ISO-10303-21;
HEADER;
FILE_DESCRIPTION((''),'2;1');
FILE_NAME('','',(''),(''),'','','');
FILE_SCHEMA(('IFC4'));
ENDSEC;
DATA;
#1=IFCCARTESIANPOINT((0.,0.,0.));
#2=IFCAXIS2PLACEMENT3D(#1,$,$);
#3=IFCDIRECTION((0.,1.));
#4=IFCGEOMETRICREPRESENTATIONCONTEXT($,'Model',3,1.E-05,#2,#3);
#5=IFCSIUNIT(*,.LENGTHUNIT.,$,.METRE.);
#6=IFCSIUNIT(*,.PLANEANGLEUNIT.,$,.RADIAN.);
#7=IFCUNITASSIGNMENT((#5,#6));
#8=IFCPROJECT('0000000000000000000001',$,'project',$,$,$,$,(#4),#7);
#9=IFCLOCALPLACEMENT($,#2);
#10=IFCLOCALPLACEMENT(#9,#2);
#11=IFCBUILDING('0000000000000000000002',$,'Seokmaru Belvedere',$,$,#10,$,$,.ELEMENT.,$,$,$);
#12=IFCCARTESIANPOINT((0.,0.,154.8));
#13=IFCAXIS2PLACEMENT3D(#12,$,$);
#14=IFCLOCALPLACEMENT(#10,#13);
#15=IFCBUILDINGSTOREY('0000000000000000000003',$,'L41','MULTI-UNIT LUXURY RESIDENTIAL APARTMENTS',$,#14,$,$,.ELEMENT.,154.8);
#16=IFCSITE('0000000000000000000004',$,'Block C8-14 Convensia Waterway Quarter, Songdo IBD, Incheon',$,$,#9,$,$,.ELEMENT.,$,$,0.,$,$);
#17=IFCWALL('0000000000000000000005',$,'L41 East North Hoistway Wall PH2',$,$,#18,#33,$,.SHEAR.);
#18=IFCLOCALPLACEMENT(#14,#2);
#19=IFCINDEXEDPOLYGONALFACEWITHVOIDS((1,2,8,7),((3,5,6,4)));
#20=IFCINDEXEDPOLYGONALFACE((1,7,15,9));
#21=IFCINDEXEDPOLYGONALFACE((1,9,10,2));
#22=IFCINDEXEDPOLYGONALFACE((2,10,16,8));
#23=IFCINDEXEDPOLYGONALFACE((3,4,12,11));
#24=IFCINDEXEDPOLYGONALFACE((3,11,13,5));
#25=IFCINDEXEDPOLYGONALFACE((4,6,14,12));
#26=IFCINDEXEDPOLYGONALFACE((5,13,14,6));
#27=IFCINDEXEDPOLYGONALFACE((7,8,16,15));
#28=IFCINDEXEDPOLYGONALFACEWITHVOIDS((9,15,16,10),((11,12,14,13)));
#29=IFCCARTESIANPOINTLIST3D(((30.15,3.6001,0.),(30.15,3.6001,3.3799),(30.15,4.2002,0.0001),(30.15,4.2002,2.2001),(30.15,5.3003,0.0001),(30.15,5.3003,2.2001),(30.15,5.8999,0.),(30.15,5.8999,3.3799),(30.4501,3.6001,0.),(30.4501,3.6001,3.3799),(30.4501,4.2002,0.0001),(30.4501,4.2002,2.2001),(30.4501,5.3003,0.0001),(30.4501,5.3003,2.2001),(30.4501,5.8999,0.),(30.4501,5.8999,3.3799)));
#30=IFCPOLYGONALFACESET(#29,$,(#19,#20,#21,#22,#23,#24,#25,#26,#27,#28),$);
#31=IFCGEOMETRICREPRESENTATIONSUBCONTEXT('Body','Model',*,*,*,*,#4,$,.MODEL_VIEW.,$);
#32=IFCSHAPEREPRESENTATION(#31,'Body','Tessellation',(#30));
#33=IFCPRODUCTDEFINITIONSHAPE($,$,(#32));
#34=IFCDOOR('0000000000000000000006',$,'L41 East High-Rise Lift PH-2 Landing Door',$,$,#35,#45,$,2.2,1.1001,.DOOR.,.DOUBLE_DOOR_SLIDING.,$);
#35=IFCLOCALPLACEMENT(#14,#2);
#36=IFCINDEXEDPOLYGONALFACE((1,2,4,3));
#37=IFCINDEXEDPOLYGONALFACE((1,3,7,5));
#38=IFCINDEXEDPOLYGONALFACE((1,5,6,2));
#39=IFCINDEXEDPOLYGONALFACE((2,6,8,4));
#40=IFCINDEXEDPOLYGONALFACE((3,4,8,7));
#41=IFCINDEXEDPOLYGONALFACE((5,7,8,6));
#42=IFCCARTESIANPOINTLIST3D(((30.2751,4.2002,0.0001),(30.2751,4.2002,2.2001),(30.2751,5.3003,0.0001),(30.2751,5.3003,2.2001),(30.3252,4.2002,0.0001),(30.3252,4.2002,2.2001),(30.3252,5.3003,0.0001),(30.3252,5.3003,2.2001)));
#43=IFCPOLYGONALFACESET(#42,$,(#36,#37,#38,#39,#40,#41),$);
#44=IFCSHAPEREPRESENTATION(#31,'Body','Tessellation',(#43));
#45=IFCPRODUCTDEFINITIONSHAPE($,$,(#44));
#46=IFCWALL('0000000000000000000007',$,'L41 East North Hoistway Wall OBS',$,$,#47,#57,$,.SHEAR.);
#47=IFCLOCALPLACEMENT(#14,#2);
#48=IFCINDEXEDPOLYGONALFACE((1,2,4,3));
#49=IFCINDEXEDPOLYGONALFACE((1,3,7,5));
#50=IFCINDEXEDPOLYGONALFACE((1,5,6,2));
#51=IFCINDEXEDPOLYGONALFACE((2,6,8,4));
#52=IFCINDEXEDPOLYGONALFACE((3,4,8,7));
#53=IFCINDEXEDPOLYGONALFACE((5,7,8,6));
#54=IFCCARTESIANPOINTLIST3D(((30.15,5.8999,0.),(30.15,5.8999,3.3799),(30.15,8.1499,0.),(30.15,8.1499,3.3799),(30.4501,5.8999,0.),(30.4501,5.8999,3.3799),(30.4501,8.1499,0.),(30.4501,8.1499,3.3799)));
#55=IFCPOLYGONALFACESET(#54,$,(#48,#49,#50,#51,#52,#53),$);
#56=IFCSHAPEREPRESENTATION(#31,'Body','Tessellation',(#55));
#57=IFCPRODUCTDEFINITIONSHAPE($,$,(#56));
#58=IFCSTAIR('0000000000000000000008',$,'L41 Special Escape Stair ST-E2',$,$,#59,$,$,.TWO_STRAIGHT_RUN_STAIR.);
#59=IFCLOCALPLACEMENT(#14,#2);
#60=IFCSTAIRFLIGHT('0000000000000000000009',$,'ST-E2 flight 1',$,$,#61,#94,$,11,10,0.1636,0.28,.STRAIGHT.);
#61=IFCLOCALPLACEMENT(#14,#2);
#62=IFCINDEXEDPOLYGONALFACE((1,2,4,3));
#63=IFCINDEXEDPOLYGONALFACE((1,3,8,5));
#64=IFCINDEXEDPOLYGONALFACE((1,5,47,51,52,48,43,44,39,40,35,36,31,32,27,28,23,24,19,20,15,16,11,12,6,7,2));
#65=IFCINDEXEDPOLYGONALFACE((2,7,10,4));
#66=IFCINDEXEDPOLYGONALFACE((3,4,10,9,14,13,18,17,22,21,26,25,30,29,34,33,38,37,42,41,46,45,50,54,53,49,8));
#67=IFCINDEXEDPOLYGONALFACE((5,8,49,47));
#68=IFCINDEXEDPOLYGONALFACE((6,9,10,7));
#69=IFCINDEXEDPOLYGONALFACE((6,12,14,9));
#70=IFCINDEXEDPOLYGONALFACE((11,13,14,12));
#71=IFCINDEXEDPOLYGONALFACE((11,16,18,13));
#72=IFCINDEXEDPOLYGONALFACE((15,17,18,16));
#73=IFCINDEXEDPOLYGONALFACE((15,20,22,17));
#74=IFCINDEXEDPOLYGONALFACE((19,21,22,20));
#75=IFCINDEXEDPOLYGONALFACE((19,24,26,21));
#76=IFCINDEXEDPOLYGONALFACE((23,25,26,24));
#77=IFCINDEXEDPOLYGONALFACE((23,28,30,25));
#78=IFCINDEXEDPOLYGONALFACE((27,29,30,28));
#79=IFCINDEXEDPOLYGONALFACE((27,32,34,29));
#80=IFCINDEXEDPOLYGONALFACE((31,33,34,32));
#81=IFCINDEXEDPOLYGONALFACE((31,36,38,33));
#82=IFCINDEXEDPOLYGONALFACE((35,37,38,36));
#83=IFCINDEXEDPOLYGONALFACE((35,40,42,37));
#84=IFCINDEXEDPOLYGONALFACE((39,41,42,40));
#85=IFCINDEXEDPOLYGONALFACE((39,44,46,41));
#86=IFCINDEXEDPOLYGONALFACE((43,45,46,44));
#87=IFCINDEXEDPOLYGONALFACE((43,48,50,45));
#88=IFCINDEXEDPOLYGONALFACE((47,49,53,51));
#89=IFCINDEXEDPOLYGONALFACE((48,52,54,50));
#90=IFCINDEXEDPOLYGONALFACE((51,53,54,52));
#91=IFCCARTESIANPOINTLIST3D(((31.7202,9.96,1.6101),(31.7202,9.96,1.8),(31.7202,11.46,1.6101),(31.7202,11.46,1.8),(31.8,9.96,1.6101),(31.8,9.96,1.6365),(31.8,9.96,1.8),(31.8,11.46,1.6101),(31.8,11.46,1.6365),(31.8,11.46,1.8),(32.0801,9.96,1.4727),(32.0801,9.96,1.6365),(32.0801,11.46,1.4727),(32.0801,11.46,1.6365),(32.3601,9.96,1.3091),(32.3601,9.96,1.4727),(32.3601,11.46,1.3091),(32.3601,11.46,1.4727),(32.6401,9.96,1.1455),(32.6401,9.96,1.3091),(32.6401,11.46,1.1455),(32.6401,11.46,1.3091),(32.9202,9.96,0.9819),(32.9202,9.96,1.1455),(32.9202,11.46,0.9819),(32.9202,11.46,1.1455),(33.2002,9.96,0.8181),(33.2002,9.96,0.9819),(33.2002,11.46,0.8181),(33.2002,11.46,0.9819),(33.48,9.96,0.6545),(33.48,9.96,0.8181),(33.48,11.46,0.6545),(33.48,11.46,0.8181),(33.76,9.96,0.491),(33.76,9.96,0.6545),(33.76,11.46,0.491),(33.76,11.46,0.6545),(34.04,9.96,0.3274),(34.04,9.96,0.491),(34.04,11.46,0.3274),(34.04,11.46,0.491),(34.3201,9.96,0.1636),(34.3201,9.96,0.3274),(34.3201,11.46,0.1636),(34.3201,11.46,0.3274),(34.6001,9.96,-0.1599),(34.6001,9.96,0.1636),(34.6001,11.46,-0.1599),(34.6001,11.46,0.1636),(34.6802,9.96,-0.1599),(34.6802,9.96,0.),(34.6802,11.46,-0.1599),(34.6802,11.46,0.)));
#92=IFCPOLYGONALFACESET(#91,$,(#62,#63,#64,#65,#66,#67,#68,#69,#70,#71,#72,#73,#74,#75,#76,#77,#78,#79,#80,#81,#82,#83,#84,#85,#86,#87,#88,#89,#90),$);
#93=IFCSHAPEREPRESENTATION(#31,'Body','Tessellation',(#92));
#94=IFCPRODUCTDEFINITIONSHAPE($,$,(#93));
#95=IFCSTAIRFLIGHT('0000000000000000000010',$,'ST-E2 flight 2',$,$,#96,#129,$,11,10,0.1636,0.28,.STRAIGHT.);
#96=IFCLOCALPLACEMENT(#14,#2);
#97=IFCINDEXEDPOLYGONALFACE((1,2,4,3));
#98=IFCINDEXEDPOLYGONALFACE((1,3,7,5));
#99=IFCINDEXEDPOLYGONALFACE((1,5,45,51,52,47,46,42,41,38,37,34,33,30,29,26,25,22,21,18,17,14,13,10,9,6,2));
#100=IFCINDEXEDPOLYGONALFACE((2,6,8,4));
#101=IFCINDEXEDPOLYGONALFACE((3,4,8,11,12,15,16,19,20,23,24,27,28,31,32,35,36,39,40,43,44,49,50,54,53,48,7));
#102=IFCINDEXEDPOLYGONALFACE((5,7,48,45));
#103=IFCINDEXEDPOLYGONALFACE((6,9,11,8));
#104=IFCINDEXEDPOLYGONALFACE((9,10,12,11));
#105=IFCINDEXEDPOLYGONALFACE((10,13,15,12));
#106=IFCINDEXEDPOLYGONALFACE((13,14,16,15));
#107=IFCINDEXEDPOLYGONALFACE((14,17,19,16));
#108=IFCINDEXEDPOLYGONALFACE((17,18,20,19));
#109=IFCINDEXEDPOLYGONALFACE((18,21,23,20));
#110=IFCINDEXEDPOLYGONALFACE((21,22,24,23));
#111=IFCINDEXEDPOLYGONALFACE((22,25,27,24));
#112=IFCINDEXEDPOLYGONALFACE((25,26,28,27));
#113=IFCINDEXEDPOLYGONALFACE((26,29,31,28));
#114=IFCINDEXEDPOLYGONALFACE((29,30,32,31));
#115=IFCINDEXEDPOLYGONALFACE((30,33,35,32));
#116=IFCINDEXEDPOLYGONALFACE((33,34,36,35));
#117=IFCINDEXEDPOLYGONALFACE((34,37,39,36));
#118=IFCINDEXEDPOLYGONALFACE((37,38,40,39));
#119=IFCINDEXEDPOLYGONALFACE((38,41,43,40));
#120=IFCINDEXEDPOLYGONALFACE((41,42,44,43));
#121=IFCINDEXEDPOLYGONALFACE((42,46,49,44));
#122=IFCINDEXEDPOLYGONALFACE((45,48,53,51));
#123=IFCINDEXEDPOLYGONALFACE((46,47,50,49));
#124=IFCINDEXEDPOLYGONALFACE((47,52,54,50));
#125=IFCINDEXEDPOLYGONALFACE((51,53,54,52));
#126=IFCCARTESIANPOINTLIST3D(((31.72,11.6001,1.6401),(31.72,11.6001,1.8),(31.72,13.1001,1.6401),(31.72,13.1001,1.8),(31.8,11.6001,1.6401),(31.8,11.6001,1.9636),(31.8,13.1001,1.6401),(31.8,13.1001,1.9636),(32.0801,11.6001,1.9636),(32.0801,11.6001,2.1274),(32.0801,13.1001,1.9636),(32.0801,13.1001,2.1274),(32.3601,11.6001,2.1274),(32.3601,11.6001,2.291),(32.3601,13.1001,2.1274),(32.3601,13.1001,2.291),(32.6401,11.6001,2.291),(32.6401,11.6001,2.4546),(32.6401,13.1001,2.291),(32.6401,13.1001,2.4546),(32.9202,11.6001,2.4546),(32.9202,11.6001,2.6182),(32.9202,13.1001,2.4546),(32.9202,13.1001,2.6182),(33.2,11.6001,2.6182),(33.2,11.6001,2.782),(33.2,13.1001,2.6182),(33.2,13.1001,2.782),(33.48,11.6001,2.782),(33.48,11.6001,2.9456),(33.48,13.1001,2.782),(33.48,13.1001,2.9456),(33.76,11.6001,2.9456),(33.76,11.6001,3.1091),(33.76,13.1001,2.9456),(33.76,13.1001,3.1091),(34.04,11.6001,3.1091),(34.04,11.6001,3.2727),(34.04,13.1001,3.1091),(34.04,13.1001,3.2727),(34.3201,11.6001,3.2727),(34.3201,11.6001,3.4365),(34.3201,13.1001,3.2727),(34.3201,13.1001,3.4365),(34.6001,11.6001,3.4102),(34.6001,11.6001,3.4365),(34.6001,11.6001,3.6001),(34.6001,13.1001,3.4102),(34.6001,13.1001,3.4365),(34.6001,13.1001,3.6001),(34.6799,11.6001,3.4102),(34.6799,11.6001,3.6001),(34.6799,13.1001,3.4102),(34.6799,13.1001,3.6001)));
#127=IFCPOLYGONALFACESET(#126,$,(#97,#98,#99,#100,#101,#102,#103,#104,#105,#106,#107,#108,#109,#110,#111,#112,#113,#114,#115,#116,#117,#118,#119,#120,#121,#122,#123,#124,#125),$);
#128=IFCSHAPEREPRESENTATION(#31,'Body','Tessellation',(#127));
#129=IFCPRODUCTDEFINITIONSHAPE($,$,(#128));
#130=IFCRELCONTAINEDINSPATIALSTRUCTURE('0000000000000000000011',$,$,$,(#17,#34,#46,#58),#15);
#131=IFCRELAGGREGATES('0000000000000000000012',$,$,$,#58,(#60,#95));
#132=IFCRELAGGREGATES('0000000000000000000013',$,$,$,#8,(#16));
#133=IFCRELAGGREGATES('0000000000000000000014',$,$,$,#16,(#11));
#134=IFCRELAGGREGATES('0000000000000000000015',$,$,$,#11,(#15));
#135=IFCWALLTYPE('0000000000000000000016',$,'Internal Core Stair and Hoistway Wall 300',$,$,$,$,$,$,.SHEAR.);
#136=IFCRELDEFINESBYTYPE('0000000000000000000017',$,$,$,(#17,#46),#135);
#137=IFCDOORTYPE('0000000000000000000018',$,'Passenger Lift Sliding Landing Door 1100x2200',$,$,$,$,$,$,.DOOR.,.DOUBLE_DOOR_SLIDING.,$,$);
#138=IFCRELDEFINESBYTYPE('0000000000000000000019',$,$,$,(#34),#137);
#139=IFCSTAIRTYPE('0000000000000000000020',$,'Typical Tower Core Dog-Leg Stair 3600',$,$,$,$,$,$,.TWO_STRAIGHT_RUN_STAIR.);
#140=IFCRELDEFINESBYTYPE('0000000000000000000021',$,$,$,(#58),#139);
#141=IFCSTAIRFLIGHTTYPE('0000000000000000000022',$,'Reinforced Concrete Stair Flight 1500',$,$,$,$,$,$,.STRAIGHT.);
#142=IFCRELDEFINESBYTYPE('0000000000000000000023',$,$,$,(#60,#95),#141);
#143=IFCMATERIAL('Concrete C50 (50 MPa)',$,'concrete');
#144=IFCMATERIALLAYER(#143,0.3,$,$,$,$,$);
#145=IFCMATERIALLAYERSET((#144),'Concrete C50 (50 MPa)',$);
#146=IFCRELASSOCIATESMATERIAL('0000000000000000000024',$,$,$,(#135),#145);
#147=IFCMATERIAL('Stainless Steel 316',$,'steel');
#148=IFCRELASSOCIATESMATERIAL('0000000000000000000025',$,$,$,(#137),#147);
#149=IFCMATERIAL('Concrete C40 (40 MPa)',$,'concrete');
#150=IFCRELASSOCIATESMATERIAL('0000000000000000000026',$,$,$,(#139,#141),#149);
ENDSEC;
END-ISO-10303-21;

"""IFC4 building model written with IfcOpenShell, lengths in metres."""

from ifc_helpers import new_model, si_unit, direction, frame, frame_2d, origin, place, context, subcontext, project, spatial, polyline, rectangle, outline, extrude, source, transform, mapped, material, layer, layer_set, type_object, type_shapes, element, fill, aggregate, save


model = new_model("IFC4")

# Units and contexts
model_context = context("Model", 3, precision=1e-05, world=origin(), true_north=direction((0.0, 1.0)))
body_context = subcontext(model_context, "Body", "Model", "MODEL_VIEW")
ifc_project = project(units=[si_unit("LENGTHUNIT", "METRE"), si_unit("PLANEANGLEUNIT", "RADIAN")], contexts=[model_context])

# Site, building, storey
site_placement = place(None, origin())
site = spatial("IfcSite", under=ifc_project, at=site_placement, Name="Block C8-14 Convensia Waterway Quarter, Songdo IBD, Incheon", CompositionType="ELEMENT", RefElevation=0.0)
building_placement = place(site_placement, origin())
building = spatial("IfcBuilding", under=site, at=building_placement, Name="Seokmaru Belvedere", CompositionType="ELEMENT")
storey_placement = place(building_placement, frame((0.0, 0.0, 154.8)))
storey = spatial("IfcBuildingStorey", under=building, at=storey_placement, Name="L41", Description="MULTI-UNIT LUXURY RESIDENTIAL APARTMENTS", CompositionType="ELEMENT", Elevation=154.8)

# Wall, opening, door
ifc_material_1 = material(Name="Concrete C50 (50 MPa)", Category="concrete")
ifc_layer_1 = layer(ifc_material_1, 0.3)
ifc_layer_set_1 = layer_set([ifc_layer_1], Name="Concrete C50 (50 MPa)")
wall_type_1 = type_object("IfcWallType", Name="Internal Core Stair and Hoistway Wall 300", PredefinedType="SHEAR", material=ifc_layer_set_1)
ifc_material_2 = material(Name="Stainless Steel 316", Category="steel")
door_type_1 = type_object("IfcDoorType", Name="Passenger Lift Sliding Landing Door 1100x2200", OperationType="DOUBLE_DOOR_SLIDING", PredefinedType="DOOR", material=ifc_material_2)
shared_shape_1 = source(origin(), body_context, "Body", "SweptSolid", [
    extrude(rectangle(XDim=1.1001, YDim=2.2, at=frame_2d((0.55, 1.1001))), frame((0.0, 0.0249, 0.0), z_axis=(0.0, -1.0, 0.0), x_axis=(1.0, 0.0, 0.0)), (0.0, 0.0, 1.0), 0.05),
])
type_shapes(door_type_1, [shared_shape_1])
wall_1_placement = place(storey_placement, frame((30.3, 3.6001, 0.0), z_axis=(0.0, 0.0, 1.0), x_axis=(0.0, 1.0, 0.0)))
wall_1 = element("IfcWall", 1, at=wall_1_placement, inside=storey, type_object=wall_type_1, Name="L41 East North Hoistway Wall PH2", PredefinedType="SHEAR", context=body_context, shape_type="SweptSolid", body=[
    extrude(rectangle(XDim=2.2998, YDim=0.3, at=frame_2d((1.1499, 0.0))), origin(), (0.0, 0.0, 1.0), 3.3799),
])
opening_1_placement = place(wall_1_placement, frame((0.6001, 0.0, 0.0)))
opening_1 = element("IfcOpeningElement", 2, at=opening_1_placement, cuts=wall_1, PredefinedType="OPENING", context=body_context, shape_type="SweptSolid", body=[
    extrude(rectangle(XDim=1.1001, YDim=2.2, at=frame_2d((0.55, 1.1001))), frame((0.0, 0.1602, 0.0), z_axis=(0.0, -1.0, 0.0), x_axis=(1.0, 0.0, 0.0)), (0.0, 0.0, 1.0), 0.3201),
])
door_1_placement = place(opening_1_placement, origin())
door_1 = element("IfcDoor", 3, at=door_1_placement, inside=storey, type_object=door_type_1, Name="L41 East High-Rise Lift PH-2 Landing Door", OperationType="DOUBLE_DOOR_SLIDING", OverallHeight=2.2, OverallWidth=1.1001, PredefinedType="DOOR", context=body_context, shape_type="MappedRepresentation", body=[
    mapped(shared_shape_1, transform((0.0, 0.0, 0.0), scale=1.0)),
])
fill(opening_1, door_1)

# Wall
wall_2_placement = place(storey_placement, frame((30.3, 5.8999, 0.0), z_axis=(0.0, 0.0, 1.0), x_axis=(0.0, 1.0, 0.0)))
element("IfcWall", 4, at=wall_2_placement, inside=storey, type_object=wall_type_1, Name="L41 East North Hoistway Wall OBS", PredefinedType="SHEAR", context=body_context, shape_type="SweptSolid", body=[
    extrude(rectangle(XDim=2.25, YDim=0.3, at=frame_2d((1.125, 0.0))), origin(), (0.0, 0.0, 1.0), 3.3799),
])

# Stair, stair flights
ifc_material_3 = material(Name="Concrete C40 (40 MPa)", Category="concrete")
stair_type = type_object("IfcStairType", Name="Typical Tower Core Dog-Leg Stair 3600", PredefinedType="TWO_STRAIGHT_RUN_STAIR", material=ifc_material_3)
stair_placement = place(storey_placement, origin())
stair = element("IfcStair", 5, at=stair_placement, inside=storey, type_object=stair_type, Name="L41 Special Escape Stair ST-E2", PredefinedType="TWO_STRAIGHT_RUN_STAIR")
stair_flight_type = type_object("IfcStairFlightType", Name="Reinforced Concrete Stair Flight 1500", PredefinedType="STRAIGHT", material=ifc_material_3)
stair_flight_1_placement = place(storey_placement, frame((34.6001, 10.71, 0.0), z_axis=(0.0, 0.0, 1.0), x_axis=(-1.0, 0.0, 0.0)))
stair_flight_1 = element("IfcStairFlight", 6, at=stair_flight_1_placement, type_object=stair_flight_type, Name="ST-E2 flight 1", NumberOfRisers=11, NumberOfTreads=10, PredefinedType="STRAIGHT", RiserHeight=0.1636, TreadLength=0.28, context=body_context, shape_type="SweptSolid", body=[
    extrude(outline(polyline([(-0.0801, 0.0), (0.0, 0.1636), (0.28, 0.1636), (0.28, 0.3274), (0.5601, 0.3274), (0.5601, 0.491), (0.8401, 0.491), (0.8401, 0.6545), (1.1201, 0.6545), (1.1201, 0.8181), (1.3999, 0.8181), (1.3999, 0.9819), (1.6799, 0.9819), (1.6799, 1.1455), (1.96, 1.1455), (1.96, 1.3091), (2.24, 1.3091), (2.24, 1.4727), (2.52, 1.4727), (2.52, 1.6365), (2.8, 1.6365), (2.8, 1.8), (2.8799, 1.8), (2.8799, 1.6101), (2.8, 1.6101), (0.0, -0.1599), (-0.0801, -0.1599), (-0.0801, 0.0)])), frame((0.0, 0.75, 0.0), z_axis=(0.0, -1.0, 0.0), x_axis=(1.0, 0.0, 0.0)), (0.0, 0.0, 1.0), 1.5),
])
stair_flight_2_placement = place(storey_placement, frame((31.8, 12.3501, 1.8), z_axis=(0.0, 0.0, 1.0), x_axis=(1.0, 0.0, 0.0)))
stair_flight_2 = element("IfcStairFlight", 7, at=stair_flight_2_placement, type_object=stair_flight_type, Name="ST-E2 flight 2", NumberOfRisers=11, NumberOfTreads=10, PredefinedType="STRAIGHT", RiserHeight=0.1636, TreadLength=0.28, context=body_context, shape_type="SweptSolid", body=[
    extrude(outline(polyline([(-0.0801, 0.0), (0.0, 0.1636), (0.28, 0.1636), (0.28, 0.3274), (0.5601, 0.3274), (0.5601, 0.491), (0.8401, 0.491), (0.8401, 0.6545), (1.1201, 0.6545), (1.1201, 0.8181), (1.3999, 0.8181), (1.3999, 0.9819), (1.6799, 0.9819), (1.6799, 1.1455), (1.96, 1.1455), (1.96, 1.3091), (2.24, 1.3091), (2.24, 1.4727), (2.52, 1.4727), (2.52, 1.6365), (2.8, 1.6365), (2.8, 1.8), (2.8799, 1.8), (2.8799, 1.6101), (2.8, 1.6101), (0.0, -0.1599), (-0.0801, -0.1599), (-0.0801, 0.0)])), frame((0.0, 0.75, 0.0), z_axis=(0.0, -1.0, 0.0), x_axis=(1.0, 0.0, 0.0)), (0.0, 0.0, 1.0), 1.5),
])
aggregate(stair, [stair_flight_1, stair_flight_2])

save(model, "model.ifc")
